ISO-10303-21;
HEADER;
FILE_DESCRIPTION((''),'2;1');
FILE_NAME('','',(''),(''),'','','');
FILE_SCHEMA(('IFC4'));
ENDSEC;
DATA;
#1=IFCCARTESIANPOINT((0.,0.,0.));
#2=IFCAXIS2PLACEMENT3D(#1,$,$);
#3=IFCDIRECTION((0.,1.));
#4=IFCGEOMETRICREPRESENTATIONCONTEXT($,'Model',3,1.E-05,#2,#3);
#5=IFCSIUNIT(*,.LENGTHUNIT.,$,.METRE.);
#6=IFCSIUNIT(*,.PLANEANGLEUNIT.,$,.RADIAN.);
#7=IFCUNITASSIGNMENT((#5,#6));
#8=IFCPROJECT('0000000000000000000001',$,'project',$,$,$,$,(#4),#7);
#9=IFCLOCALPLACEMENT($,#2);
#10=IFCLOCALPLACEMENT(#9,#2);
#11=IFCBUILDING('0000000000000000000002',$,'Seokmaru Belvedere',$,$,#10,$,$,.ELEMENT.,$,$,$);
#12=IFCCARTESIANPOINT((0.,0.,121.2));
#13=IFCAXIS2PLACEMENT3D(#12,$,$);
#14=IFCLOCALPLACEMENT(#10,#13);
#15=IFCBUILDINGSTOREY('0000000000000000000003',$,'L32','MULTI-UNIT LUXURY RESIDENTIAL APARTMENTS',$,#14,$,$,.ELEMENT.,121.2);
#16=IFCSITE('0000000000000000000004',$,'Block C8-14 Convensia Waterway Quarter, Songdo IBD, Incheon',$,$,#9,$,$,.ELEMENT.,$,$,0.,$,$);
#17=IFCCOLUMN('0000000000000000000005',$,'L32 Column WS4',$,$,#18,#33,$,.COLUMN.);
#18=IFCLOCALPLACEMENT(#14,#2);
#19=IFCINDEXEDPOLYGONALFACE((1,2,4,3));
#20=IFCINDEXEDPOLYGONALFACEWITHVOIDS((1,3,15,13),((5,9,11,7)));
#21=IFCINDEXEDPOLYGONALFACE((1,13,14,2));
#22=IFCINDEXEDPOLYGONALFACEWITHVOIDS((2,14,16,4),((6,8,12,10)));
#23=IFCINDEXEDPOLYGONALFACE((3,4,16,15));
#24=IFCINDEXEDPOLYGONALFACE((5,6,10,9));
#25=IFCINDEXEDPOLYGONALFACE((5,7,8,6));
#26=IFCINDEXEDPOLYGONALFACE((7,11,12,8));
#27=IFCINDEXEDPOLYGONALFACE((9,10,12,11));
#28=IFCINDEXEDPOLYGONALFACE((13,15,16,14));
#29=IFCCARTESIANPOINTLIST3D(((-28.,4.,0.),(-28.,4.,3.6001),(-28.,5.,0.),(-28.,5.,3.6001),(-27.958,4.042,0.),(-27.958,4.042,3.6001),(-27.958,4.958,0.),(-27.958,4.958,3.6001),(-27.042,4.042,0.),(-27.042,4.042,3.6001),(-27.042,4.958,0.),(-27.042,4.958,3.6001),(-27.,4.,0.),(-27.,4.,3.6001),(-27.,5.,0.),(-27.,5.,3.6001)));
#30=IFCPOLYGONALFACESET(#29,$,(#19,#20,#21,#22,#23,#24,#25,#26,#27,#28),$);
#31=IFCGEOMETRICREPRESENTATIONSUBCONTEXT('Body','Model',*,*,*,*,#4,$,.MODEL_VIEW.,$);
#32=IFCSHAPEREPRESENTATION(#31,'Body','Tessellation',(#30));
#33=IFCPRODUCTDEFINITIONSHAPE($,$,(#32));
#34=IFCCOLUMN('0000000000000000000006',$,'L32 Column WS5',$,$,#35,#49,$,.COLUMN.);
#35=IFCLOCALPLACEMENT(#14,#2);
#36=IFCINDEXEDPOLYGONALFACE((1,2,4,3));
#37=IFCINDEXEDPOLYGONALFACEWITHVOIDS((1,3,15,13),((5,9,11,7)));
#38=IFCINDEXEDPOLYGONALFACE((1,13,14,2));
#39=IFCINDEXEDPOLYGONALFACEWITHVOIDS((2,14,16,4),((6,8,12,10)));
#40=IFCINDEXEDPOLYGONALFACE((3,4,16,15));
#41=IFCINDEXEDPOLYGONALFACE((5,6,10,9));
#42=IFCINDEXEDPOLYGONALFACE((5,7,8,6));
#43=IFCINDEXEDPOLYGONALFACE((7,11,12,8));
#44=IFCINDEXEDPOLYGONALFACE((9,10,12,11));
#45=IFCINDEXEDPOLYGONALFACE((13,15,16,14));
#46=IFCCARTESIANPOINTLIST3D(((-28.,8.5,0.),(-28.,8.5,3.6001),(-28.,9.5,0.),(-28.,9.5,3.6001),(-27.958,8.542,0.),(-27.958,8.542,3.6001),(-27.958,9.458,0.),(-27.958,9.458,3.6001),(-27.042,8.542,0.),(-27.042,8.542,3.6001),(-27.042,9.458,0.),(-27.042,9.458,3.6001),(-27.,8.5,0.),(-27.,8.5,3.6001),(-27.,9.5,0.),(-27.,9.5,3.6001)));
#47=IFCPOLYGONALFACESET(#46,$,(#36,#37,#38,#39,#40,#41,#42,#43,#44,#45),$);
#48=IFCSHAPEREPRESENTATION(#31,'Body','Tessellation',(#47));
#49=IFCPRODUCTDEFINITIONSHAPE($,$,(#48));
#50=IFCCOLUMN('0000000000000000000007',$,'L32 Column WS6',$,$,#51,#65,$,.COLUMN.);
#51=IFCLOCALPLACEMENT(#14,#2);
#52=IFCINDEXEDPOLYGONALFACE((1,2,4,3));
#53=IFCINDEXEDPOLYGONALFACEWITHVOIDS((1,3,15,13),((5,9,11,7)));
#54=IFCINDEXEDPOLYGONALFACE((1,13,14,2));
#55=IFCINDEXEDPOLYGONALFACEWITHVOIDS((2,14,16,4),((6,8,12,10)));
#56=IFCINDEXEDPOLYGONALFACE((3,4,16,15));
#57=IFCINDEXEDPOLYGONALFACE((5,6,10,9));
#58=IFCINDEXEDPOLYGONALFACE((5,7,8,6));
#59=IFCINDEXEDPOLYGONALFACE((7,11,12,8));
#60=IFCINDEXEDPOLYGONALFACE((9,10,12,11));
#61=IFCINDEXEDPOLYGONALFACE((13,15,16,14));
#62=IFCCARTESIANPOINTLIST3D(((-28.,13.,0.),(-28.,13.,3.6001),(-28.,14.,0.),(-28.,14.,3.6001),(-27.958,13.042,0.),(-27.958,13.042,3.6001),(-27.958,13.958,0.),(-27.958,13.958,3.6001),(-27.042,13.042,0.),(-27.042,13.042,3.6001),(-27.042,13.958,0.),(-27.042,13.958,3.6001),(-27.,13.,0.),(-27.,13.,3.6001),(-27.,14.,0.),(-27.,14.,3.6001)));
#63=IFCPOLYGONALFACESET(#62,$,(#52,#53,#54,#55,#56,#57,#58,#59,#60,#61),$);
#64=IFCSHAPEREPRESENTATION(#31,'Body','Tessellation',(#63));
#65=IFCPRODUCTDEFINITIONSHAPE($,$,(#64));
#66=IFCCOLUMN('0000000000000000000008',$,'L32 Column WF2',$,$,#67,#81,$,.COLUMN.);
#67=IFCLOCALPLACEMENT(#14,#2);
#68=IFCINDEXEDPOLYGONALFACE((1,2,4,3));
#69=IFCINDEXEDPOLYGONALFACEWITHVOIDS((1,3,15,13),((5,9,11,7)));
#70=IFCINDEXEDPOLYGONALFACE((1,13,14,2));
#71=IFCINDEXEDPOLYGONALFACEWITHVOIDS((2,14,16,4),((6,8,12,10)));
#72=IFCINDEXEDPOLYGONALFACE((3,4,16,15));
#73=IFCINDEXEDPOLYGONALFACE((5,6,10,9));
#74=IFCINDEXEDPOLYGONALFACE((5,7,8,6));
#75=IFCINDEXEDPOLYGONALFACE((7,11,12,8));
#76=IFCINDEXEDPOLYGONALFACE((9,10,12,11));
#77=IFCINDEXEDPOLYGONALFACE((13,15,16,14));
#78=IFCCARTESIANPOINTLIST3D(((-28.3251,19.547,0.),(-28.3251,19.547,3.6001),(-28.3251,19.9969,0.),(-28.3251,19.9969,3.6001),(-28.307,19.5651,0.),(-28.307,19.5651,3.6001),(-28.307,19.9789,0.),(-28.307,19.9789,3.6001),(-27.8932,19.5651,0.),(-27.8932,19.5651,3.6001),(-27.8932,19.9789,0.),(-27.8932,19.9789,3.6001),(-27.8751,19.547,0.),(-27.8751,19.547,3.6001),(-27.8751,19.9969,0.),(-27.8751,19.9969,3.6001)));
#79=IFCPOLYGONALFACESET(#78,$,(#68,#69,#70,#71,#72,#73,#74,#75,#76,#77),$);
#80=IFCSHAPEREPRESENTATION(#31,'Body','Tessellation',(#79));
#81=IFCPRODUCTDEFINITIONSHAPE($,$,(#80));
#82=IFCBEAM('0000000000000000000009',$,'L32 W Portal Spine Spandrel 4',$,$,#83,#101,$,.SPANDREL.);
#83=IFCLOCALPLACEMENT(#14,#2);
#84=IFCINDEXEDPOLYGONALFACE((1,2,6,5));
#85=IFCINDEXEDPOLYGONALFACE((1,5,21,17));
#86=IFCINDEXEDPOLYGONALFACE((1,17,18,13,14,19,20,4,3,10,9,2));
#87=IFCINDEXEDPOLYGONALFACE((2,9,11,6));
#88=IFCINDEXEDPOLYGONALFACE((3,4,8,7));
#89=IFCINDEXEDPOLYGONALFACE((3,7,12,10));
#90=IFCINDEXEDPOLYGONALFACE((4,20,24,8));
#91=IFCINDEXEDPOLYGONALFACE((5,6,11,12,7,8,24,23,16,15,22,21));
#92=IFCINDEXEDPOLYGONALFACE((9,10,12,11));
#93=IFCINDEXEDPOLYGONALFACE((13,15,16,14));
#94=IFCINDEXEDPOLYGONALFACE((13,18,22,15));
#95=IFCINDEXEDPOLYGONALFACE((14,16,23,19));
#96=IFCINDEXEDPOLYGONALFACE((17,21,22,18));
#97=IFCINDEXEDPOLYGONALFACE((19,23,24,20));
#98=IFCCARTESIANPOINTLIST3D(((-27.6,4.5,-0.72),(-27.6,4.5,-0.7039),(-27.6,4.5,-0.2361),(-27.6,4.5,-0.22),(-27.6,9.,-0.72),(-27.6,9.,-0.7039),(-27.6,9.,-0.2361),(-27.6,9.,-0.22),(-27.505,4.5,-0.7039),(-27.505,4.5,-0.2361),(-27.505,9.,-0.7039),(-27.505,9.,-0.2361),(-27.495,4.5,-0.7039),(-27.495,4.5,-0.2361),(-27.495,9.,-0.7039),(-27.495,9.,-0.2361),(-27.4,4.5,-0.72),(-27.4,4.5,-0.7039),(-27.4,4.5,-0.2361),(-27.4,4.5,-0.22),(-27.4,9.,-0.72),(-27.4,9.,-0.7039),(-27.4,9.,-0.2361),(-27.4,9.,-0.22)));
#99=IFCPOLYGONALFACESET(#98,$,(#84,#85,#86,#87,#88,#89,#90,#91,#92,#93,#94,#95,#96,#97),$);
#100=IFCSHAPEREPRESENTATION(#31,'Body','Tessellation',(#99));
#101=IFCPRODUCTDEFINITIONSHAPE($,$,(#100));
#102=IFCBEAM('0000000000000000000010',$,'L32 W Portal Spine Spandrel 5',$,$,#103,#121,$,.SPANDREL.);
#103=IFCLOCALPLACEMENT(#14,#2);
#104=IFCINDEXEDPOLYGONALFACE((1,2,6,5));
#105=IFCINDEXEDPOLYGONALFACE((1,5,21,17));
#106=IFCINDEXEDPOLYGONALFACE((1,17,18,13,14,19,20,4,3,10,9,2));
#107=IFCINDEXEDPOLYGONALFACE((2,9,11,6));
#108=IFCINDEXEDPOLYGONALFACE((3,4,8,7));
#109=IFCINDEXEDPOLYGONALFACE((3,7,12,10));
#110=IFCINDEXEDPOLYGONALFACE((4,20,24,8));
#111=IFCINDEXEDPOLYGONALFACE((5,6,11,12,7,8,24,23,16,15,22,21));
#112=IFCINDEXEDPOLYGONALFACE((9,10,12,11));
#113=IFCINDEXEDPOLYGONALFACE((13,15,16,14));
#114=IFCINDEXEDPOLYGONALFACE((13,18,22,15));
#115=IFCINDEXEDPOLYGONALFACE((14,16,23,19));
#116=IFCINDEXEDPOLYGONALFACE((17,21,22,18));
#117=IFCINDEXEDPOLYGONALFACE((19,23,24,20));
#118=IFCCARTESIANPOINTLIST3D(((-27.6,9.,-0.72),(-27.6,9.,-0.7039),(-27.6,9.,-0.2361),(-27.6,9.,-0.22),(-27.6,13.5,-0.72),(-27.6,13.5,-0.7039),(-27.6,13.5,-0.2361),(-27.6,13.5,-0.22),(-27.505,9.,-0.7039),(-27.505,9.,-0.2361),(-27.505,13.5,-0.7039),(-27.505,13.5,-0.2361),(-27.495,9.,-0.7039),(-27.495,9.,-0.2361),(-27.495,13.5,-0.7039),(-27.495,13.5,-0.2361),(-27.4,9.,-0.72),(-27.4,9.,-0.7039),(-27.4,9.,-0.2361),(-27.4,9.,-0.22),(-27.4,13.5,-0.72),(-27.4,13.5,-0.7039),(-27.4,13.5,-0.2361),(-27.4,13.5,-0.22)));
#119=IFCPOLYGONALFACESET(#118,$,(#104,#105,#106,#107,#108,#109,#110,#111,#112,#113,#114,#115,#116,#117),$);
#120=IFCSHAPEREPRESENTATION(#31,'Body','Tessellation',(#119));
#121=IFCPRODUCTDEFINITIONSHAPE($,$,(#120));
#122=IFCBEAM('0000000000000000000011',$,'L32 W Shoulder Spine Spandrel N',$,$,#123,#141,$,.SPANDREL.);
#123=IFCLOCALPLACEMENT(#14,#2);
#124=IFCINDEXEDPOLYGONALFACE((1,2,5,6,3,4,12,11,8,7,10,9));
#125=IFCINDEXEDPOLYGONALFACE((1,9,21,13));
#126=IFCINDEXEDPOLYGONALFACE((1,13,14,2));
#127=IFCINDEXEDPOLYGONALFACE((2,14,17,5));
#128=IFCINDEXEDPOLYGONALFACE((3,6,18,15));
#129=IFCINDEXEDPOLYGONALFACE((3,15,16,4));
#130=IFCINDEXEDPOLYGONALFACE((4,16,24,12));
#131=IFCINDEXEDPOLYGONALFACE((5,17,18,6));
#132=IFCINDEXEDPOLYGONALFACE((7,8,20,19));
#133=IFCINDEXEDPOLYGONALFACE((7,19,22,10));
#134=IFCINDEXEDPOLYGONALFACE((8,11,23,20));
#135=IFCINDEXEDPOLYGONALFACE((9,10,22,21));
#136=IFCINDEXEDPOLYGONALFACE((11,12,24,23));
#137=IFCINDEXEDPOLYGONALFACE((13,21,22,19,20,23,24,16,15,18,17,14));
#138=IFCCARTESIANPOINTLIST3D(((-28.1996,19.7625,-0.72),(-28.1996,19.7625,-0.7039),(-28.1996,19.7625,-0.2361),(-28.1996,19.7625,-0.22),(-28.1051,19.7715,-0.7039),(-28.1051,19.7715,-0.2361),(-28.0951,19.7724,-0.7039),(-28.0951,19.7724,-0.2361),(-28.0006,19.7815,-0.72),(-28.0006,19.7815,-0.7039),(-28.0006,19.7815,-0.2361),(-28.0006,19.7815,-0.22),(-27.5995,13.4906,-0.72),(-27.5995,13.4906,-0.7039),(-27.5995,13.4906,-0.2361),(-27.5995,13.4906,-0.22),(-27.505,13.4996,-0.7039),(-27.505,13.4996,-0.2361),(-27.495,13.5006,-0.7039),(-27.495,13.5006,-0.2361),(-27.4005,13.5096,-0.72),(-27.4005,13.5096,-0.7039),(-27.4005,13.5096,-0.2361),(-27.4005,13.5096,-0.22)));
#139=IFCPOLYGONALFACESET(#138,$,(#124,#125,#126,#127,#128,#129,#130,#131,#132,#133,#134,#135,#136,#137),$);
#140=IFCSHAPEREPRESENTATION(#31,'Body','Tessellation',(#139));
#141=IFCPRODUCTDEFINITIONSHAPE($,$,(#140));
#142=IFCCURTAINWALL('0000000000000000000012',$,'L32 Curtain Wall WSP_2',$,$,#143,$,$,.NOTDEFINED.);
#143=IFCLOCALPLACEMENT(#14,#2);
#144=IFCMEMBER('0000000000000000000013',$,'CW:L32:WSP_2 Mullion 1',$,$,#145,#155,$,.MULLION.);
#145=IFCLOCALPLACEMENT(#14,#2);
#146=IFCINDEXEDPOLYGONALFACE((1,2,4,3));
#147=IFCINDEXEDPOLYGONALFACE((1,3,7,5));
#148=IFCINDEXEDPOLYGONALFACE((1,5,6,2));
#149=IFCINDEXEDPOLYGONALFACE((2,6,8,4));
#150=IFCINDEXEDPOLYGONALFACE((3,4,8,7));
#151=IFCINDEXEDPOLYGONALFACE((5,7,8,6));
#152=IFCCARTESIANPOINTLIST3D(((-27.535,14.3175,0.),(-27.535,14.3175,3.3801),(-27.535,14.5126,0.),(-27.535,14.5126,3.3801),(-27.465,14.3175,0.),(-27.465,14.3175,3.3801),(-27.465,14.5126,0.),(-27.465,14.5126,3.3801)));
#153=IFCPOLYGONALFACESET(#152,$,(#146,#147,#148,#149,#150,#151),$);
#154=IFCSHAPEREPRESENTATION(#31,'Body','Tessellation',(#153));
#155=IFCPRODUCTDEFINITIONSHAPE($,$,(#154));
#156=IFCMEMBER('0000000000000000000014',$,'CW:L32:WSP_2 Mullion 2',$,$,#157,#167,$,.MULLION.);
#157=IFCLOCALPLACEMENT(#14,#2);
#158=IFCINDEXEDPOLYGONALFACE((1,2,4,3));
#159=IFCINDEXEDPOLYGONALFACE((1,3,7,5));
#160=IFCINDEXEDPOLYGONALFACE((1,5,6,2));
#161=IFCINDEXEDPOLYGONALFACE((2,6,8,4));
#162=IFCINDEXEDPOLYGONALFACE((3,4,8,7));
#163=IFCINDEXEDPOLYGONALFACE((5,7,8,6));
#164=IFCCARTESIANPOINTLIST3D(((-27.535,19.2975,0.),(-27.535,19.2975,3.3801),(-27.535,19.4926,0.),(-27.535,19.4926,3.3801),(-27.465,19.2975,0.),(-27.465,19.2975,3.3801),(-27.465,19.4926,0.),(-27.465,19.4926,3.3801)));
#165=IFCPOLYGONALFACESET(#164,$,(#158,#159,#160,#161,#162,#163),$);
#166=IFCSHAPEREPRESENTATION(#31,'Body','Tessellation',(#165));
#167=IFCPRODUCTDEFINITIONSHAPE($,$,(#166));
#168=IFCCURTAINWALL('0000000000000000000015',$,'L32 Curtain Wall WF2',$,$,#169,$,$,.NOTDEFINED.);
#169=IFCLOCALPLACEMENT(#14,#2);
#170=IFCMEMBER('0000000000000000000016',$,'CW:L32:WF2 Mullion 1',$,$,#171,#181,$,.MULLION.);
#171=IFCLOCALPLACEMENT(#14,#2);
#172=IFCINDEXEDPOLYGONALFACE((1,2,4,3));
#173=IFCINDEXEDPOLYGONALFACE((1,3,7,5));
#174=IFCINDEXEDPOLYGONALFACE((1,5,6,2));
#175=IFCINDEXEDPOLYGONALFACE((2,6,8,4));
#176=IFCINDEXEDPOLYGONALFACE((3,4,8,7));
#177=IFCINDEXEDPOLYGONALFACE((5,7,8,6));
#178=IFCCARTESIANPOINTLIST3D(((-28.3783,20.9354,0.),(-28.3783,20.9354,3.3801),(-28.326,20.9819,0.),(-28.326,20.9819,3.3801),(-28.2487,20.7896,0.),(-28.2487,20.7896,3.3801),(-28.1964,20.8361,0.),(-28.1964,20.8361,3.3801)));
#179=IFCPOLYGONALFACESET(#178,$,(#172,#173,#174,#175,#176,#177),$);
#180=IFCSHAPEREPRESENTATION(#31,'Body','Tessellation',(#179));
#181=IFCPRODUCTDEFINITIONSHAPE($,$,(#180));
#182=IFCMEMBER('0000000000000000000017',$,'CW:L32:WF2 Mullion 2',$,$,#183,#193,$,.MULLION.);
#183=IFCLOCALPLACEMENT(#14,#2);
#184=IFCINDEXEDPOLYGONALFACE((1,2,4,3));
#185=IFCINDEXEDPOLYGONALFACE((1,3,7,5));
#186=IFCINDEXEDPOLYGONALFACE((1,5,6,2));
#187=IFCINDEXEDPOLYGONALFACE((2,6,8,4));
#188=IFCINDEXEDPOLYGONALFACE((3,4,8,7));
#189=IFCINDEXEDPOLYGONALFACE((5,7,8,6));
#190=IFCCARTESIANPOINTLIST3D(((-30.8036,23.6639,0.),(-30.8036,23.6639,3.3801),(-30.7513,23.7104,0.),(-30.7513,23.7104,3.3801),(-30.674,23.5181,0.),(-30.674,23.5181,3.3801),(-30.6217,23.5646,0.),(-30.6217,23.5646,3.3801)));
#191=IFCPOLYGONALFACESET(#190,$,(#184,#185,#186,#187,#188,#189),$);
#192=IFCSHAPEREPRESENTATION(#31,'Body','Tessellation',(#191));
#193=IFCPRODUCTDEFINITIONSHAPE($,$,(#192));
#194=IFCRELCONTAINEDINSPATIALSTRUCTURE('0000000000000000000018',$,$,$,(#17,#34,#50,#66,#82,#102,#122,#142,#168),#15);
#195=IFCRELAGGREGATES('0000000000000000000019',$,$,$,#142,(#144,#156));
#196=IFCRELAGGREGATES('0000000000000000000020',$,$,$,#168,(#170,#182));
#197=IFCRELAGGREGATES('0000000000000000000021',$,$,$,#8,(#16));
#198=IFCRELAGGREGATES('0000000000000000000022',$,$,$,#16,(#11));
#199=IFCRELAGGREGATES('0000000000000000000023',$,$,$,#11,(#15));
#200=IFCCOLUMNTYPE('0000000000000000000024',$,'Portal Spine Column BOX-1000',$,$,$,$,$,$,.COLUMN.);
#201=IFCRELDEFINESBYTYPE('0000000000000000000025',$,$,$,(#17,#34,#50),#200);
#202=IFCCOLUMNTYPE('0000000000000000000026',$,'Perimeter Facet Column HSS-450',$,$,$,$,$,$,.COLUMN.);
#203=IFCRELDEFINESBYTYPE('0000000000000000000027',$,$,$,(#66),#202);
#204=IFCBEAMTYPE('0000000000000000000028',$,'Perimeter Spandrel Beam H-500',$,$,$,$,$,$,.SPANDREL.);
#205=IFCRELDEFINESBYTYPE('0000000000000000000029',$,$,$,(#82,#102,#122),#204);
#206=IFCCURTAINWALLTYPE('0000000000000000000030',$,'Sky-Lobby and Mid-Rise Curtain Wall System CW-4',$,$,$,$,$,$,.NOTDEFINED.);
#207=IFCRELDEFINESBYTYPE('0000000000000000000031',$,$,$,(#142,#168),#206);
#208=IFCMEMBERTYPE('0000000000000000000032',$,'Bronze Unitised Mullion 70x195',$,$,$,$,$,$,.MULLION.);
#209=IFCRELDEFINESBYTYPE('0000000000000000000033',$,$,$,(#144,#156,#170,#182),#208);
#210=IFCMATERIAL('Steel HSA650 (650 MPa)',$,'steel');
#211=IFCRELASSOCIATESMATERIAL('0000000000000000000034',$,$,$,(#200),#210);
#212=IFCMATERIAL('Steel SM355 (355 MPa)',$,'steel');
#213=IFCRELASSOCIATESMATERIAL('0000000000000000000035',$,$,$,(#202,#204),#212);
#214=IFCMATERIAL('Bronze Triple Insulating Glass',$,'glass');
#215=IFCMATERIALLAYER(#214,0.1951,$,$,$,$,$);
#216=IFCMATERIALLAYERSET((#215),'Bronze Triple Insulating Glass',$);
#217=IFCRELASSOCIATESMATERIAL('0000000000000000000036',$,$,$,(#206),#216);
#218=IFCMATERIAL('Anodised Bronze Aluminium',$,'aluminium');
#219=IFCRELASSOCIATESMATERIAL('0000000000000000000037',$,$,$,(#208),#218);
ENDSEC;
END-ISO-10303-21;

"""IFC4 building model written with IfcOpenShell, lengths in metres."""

from ifc_helpers import new_model, si_unit, direction, frame, origin, origin_2d, place, context, subcontext, project, spatial, rectangle, hollow_rectangle, i_section, extrude, source, transform, mapped, material, layer, layer_set, material_profile, profile_set, type_object, type_shapes, element, aggregate, save


model = new_model("IFC4")

# Units and contexts
model_context = context("Model", 3, precision=1e-05, world=origin(), true_north=direction((0.0, 1.0)))
body_context = subcontext(model_context, "Body", "Model", "MODEL_VIEW")
ifc_project = project(units=[si_unit("LENGTHUNIT", "METRE"), si_unit("PLANEANGLEUNIT", "RADIAN")], contexts=[model_context])

# Site, building, storey
site_placement = place(None, origin())
site = spatial("IfcSite", under=ifc_project, at=site_placement, Name="Block C8-14 Convensia Waterway Quarter, Songdo IBD, Incheon", CompositionType="ELEMENT", RefElevation=0.0)
building_placement = place(site_placement, origin())
building = spatial("IfcBuilding", under=site, at=building_placement, Name="Seokmaru Belvedere", CompositionType="ELEMENT")
storey_placement = place(building_placement, frame((0.0, 0.0, 121.2)))
storey = spatial("IfcBuildingStorey", under=building, at=storey_placement, Name="L32", Description="MULTI-UNIT LUXURY RESIDENTIAL APARTMENTS", CompositionType="ELEMENT", Elevation=121.2)

# Columns
ifc_material_1 = material(Name="Steel HSA650 (650 MPa)", Category="steel")
ifc_material_profile_1 = material_profile(ifc_material_1, hollow_rectangle(XDim=1.0, YDim=1.0, WallThickness=0.042, at=origin_2d()), Name="BOX-1000x1000x42")
ifc_profile_set_1 = profile_set([ifc_material_profile_1], Name="Steel HSA650 (650 MPa)")
column_type_1 = type_object("IfcColumnType", Name="Portal Spine Column BOX-1000", PredefinedType="COLUMN", material=ifc_profile_set_1)
shared_shape_1 = source(origin(), body_context, "Body", "SweptSolid", [
    extrude(hollow_rectangle(XDim=1.0, YDim=1.0, WallThickness=0.042, at=origin_2d()), origin(), (0.0, 0.0, 1.0), 3.6001),
])
type_shapes(column_type_1, [shared_shape_1])
for number, where, z_axis, x_axis, name in (
    (1, (-27.5, 4.5, 0.0), (0.0, 0.0, 1.0), (1.0, 0.0, 0.0), "L32 Column WS4"),
    (2, (-27.5, 9.0, 0.0), (0.0, 0.0, 1.0), (1.0, 0.0, 0.0), "L32 Column WS5"),
    (3, (-27.5, 13.5, 0.0), (0.0, 0.0, 1.0), (1.0, 0.0, 0.0), "L32 Column WS6"),
):
    element("IfcColumn", number, at=place(storey_placement, frame(where, z_axis=z_axis, x_axis=x_axis)), inside=storey, type_object=column_type_1, Name=name, PredefinedType="COLUMN", context=body_context, shape_type="MappedRepresentation", body=[
        mapped(shared_shape_1, transform((0.0, 0.0, 0.0), scale=1.0)),
    ])
ifc_material_2 = material(Name="Steel SM355 (355 MPa)", Category="steel")
ifc_material_profile_2 = material_profile(ifc_material_2, hollow_rectangle(XDim=0.45, YDim=0.45, WallThickness=0.0181, at=origin_2d()), Name="HSS-450x450x18")
ifc_profile_set_2 = profile_set([ifc_material_profile_2], Name="Steel SM355 (355 MPa)")
column_type_2 = type_object("IfcColumnType", Name="Perimeter Facet Column HSS-450", PredefinedType="COLUMN", material=ifc_profile_set_2)
shared_shape_2 = source(origin(), body_context, "Body", "SweptSolid", [
    extrude(hollow_rectangle(XDim=0.45, YDim=0.45, WallThickness=0.0181, at=origin_2d()), origin(), (0.0, 0.0, 1.0), 3.6001),
])
type_shapes(column_type_2, [shared_shape_2])
column_placement = place(storey_placement, frame((-28.1001, 19.772, 0.0), z_axis=(0.0, 0.0, 1.0), x_axis=(1.0, 0.0, 0.0)))
element("IfcColumn", 4, at=column_placement, inside=storey, type_object=column_type_2, Name="L32 Column WF2", PredefinedType="COLUMN", context=body_context, shape_type="MappedRepresentation", body=[
    mapped(shared_shape_2, transform((0.0, 0.0, 0.0), scale=1.0)),
])

# Beams
ifc_material_profile_3 = material_profile(ifc_material_2, i_section(OverallWidth=0.2, OverallDepth=0.5, WebThickness=0.01, FlangeThickness=0.0161, at=origin_2d()), Name="H-500x200x10x16")
ifc_profile_set_3 = profile_set([ifc_material_profile_3], Name="Steel SM355 (355 MPa)")
beam_type = type_object("IfcBeamType", Name="Perimeter Spandrel Beam H-500", PredefinedType="SPANDREL", material=ifc_profile_set_3)
shared_shape_3 = source(origin(), body_context, "Body", "SweptSolid", [
    extrude(i_section(OverallWidth=0.2, OverallDepth=0.5, WebThickness=0.01, FlangeThickness=0.0161, at=origin_2d()), origin(), (0.0, 0.0, 1.0), 4.5),
])
for number, where, z_axis, x_axis, name in (
    (5, (-27.5, 4.5, -0.47), (0.0, 1.0, 0.0), (-1.0, 0.0, 0.0), "L32 W Portal Spine Spandrel 4"),
    (6, (-27.5, 9.0, -0.47), (0.0, 1.0, 0.0), (-1.0, 0.0, 0.0), "L32 W Portal Spine Spandrel 5"),
):
    element("IfcBeam", number, at=place(storey_placement, frame(where, z_axis=z_axis, x_axis=x_axis)), inside=storey, type_object=beam_type, Name=name, PredefinedType="SPANDREL", context=body_context, shape_type="MappedRepresentation", body=[
        mapped(shared_shape_3, transform((0.0, 0.0, 0.0), scale=1.0)),
    ])
shared_shape_4 = source(origin(), body_context, "Body", "SweptSolid", [
    extrude(i_section(OverallWidth=0.2, OverallDepth=0.5, WebThickness=0.01, FlangeThickness=0.0161, at=origin_2d()), origin(), (0.0, 0.0, 1.0), 6.3005),
])
type_shapes(beam_type, [shared_shape_3, shared_shape_4])
beam_placement = place(storey_placement, frame((-28.1001, 19.772, -0.47), z_axis=(0.095244, -0.995454, 0.0), x_axis=(0.995454, 0.095244, 0.0)))
element("IfcBeam", 7, at=beam_placement, inside=storey, type_object=beam_type, Name="L32 W Shoulder Spine Spandrel N", PredefinedType="SPANDREL", context=body_context, shape_type="MappedRepresentation", body=[
    mapped(shared_shape_4, transform((0.0, 0.0, 0.0), scale=1.0)),
])

# Curtain walls, members
ifc_material_3 = material(Name="Bronze Triple Insulating Glass", Category="glass")
ifc_layer_1 = layer(ifc_material_3, 0.1951)
ifc_layer_set_1 = layer_set([ifc_layer_1], Name="Bronze Triple Insulating Glass")
curtain_wall_type = type_object("IfcCurtainWallType", Name="Sky-Lobby and Mid-Rise Curtain Wall System CW-4", PredefinedType="NOTDEFINED", material=ifc_layer_set_1)
curtain_wall_1_placement = place(storey_placement, origin())
curtain_wall_1 = element("IfcCurtainWall", 8, at=curtain_wall_1_placement, inside=storey, type_object=curtain_wall_type, Name="L32 Curtain Wall WSP_2", PredefinedType="NOTDEFINED")
ifc_material_4 = material(Name="Anodised Bronze Aluminium", Category="aluminium")
ifc_material_profile_4 = material_profile(ifc_material_4, rectangle(XDim=0.0701, YDim=0.1951, at=origin_2d()), Name="CW-M-70x195")
ifc_profile_set_4 = profile_set([ifc_material_profile_4], Name="Anodised Bronze Aluminium")
member_type_1 = type_object("IfcMemberType", Name="Bronze Unitised Mullion 70x195", PredefinedType="MULLION", material=ifc_profile_set_4)
shared_shape_5 = source(origin(), body_context, "Body", "SweptSolid", [
    extrude(rectangle(XDim=0.0701, YDim=0.1951, at=origin_2d()), origin(), (0.0, 0.0, 1.0), 3.3801),
])
type_shapes(member_type_1, [shared_shape_5])
member_1_placement = place(storey_placement, frame((-27.5, 14.415, 0.0), z_axis=(0.0, 0.0, 1.0), x_axis=(-1.0, 0.0, 0.0)))
member_1 = element("IfcMember", 9, at=member_1_placement, type_object=member_type_1, Name="CW:L32:WSP_2 Mullion 1", PredefinedType="MULLION", context=body_context, shape_type="MappedRepresentation", body=[
    mapped(shared_shape_5, transform((0.0, 0.0, 0.0), scale=1.0)),
])
member_2_placement = place(storey_placement, frame((-27.5, 19.395, 0.0), z_axis=(0.0, 0.0, 1.0), x_axis=(-1.0, 0.0, 0.0)))
member_2 = element("IfcMember", 10, at=member_2_placement, type_object=member_type_1, Name="CW:L32:WSP_2 Mullion 2", PredefinedType="MULLION", context=body_context, shape_type="MappedRepresentation", body=[
    mapped(shared_shape_5, transform((0.0, 0.0, 0.0), scale=1.0)),
])
curtain_wall_2_placement = place(storey_placement, origin())
curtain_wall_2 = element("IfcCurtainWall", 11, at=curtain_wall_2_placement, inside=storey, type_object=curtain_wall_type, Name="L32 Curtain Wall WF2", PredefinedType="NOTDEFINED")
member_3_placement = place(storey_placement, frame((-28.2874, 20.8857, 0.0), z_axis=(0.0, 0.0, 1.0), x_axis=(-0.74741, -0.664363, 0.0)))
member_3 = element("IfcMember", 12, at=member_3_placement, type_object=member_type_1, Name="CW:L32:WF2 Mullion 1", PredefinedType="MULLION", context=body_context, shape_type="MappedRepresentation", body=[
    mapped(shared_shape_5, transform((0.0, 0.0, 0.0), scale=1.0)),
])
member_4_placement = place(storey_placement, frame((-30.7126, 23.6143, 0.0), z_axis=(0.0, 0.0, 1.0), x_axis=(-0.74741, -0.664363, 0.0)))
member_4 = element("IfcMember", 13, at=member_4_placement, type_object=member_type_1, Name="CW:L32:WF2 Mullion 2", PredefinedType="MULLION", context=body_context, shape_type="MappedRepresentation", body=[
    mapped(shared_shape_5, transform((0.0, 0.0, 0.0), scale=1.0)),
])

aggregate(curtain_wall_1, [member_1, member_2])
aggregate(curtain_wall_2, [member_3, member_4])

save(model, "model.ifc")
